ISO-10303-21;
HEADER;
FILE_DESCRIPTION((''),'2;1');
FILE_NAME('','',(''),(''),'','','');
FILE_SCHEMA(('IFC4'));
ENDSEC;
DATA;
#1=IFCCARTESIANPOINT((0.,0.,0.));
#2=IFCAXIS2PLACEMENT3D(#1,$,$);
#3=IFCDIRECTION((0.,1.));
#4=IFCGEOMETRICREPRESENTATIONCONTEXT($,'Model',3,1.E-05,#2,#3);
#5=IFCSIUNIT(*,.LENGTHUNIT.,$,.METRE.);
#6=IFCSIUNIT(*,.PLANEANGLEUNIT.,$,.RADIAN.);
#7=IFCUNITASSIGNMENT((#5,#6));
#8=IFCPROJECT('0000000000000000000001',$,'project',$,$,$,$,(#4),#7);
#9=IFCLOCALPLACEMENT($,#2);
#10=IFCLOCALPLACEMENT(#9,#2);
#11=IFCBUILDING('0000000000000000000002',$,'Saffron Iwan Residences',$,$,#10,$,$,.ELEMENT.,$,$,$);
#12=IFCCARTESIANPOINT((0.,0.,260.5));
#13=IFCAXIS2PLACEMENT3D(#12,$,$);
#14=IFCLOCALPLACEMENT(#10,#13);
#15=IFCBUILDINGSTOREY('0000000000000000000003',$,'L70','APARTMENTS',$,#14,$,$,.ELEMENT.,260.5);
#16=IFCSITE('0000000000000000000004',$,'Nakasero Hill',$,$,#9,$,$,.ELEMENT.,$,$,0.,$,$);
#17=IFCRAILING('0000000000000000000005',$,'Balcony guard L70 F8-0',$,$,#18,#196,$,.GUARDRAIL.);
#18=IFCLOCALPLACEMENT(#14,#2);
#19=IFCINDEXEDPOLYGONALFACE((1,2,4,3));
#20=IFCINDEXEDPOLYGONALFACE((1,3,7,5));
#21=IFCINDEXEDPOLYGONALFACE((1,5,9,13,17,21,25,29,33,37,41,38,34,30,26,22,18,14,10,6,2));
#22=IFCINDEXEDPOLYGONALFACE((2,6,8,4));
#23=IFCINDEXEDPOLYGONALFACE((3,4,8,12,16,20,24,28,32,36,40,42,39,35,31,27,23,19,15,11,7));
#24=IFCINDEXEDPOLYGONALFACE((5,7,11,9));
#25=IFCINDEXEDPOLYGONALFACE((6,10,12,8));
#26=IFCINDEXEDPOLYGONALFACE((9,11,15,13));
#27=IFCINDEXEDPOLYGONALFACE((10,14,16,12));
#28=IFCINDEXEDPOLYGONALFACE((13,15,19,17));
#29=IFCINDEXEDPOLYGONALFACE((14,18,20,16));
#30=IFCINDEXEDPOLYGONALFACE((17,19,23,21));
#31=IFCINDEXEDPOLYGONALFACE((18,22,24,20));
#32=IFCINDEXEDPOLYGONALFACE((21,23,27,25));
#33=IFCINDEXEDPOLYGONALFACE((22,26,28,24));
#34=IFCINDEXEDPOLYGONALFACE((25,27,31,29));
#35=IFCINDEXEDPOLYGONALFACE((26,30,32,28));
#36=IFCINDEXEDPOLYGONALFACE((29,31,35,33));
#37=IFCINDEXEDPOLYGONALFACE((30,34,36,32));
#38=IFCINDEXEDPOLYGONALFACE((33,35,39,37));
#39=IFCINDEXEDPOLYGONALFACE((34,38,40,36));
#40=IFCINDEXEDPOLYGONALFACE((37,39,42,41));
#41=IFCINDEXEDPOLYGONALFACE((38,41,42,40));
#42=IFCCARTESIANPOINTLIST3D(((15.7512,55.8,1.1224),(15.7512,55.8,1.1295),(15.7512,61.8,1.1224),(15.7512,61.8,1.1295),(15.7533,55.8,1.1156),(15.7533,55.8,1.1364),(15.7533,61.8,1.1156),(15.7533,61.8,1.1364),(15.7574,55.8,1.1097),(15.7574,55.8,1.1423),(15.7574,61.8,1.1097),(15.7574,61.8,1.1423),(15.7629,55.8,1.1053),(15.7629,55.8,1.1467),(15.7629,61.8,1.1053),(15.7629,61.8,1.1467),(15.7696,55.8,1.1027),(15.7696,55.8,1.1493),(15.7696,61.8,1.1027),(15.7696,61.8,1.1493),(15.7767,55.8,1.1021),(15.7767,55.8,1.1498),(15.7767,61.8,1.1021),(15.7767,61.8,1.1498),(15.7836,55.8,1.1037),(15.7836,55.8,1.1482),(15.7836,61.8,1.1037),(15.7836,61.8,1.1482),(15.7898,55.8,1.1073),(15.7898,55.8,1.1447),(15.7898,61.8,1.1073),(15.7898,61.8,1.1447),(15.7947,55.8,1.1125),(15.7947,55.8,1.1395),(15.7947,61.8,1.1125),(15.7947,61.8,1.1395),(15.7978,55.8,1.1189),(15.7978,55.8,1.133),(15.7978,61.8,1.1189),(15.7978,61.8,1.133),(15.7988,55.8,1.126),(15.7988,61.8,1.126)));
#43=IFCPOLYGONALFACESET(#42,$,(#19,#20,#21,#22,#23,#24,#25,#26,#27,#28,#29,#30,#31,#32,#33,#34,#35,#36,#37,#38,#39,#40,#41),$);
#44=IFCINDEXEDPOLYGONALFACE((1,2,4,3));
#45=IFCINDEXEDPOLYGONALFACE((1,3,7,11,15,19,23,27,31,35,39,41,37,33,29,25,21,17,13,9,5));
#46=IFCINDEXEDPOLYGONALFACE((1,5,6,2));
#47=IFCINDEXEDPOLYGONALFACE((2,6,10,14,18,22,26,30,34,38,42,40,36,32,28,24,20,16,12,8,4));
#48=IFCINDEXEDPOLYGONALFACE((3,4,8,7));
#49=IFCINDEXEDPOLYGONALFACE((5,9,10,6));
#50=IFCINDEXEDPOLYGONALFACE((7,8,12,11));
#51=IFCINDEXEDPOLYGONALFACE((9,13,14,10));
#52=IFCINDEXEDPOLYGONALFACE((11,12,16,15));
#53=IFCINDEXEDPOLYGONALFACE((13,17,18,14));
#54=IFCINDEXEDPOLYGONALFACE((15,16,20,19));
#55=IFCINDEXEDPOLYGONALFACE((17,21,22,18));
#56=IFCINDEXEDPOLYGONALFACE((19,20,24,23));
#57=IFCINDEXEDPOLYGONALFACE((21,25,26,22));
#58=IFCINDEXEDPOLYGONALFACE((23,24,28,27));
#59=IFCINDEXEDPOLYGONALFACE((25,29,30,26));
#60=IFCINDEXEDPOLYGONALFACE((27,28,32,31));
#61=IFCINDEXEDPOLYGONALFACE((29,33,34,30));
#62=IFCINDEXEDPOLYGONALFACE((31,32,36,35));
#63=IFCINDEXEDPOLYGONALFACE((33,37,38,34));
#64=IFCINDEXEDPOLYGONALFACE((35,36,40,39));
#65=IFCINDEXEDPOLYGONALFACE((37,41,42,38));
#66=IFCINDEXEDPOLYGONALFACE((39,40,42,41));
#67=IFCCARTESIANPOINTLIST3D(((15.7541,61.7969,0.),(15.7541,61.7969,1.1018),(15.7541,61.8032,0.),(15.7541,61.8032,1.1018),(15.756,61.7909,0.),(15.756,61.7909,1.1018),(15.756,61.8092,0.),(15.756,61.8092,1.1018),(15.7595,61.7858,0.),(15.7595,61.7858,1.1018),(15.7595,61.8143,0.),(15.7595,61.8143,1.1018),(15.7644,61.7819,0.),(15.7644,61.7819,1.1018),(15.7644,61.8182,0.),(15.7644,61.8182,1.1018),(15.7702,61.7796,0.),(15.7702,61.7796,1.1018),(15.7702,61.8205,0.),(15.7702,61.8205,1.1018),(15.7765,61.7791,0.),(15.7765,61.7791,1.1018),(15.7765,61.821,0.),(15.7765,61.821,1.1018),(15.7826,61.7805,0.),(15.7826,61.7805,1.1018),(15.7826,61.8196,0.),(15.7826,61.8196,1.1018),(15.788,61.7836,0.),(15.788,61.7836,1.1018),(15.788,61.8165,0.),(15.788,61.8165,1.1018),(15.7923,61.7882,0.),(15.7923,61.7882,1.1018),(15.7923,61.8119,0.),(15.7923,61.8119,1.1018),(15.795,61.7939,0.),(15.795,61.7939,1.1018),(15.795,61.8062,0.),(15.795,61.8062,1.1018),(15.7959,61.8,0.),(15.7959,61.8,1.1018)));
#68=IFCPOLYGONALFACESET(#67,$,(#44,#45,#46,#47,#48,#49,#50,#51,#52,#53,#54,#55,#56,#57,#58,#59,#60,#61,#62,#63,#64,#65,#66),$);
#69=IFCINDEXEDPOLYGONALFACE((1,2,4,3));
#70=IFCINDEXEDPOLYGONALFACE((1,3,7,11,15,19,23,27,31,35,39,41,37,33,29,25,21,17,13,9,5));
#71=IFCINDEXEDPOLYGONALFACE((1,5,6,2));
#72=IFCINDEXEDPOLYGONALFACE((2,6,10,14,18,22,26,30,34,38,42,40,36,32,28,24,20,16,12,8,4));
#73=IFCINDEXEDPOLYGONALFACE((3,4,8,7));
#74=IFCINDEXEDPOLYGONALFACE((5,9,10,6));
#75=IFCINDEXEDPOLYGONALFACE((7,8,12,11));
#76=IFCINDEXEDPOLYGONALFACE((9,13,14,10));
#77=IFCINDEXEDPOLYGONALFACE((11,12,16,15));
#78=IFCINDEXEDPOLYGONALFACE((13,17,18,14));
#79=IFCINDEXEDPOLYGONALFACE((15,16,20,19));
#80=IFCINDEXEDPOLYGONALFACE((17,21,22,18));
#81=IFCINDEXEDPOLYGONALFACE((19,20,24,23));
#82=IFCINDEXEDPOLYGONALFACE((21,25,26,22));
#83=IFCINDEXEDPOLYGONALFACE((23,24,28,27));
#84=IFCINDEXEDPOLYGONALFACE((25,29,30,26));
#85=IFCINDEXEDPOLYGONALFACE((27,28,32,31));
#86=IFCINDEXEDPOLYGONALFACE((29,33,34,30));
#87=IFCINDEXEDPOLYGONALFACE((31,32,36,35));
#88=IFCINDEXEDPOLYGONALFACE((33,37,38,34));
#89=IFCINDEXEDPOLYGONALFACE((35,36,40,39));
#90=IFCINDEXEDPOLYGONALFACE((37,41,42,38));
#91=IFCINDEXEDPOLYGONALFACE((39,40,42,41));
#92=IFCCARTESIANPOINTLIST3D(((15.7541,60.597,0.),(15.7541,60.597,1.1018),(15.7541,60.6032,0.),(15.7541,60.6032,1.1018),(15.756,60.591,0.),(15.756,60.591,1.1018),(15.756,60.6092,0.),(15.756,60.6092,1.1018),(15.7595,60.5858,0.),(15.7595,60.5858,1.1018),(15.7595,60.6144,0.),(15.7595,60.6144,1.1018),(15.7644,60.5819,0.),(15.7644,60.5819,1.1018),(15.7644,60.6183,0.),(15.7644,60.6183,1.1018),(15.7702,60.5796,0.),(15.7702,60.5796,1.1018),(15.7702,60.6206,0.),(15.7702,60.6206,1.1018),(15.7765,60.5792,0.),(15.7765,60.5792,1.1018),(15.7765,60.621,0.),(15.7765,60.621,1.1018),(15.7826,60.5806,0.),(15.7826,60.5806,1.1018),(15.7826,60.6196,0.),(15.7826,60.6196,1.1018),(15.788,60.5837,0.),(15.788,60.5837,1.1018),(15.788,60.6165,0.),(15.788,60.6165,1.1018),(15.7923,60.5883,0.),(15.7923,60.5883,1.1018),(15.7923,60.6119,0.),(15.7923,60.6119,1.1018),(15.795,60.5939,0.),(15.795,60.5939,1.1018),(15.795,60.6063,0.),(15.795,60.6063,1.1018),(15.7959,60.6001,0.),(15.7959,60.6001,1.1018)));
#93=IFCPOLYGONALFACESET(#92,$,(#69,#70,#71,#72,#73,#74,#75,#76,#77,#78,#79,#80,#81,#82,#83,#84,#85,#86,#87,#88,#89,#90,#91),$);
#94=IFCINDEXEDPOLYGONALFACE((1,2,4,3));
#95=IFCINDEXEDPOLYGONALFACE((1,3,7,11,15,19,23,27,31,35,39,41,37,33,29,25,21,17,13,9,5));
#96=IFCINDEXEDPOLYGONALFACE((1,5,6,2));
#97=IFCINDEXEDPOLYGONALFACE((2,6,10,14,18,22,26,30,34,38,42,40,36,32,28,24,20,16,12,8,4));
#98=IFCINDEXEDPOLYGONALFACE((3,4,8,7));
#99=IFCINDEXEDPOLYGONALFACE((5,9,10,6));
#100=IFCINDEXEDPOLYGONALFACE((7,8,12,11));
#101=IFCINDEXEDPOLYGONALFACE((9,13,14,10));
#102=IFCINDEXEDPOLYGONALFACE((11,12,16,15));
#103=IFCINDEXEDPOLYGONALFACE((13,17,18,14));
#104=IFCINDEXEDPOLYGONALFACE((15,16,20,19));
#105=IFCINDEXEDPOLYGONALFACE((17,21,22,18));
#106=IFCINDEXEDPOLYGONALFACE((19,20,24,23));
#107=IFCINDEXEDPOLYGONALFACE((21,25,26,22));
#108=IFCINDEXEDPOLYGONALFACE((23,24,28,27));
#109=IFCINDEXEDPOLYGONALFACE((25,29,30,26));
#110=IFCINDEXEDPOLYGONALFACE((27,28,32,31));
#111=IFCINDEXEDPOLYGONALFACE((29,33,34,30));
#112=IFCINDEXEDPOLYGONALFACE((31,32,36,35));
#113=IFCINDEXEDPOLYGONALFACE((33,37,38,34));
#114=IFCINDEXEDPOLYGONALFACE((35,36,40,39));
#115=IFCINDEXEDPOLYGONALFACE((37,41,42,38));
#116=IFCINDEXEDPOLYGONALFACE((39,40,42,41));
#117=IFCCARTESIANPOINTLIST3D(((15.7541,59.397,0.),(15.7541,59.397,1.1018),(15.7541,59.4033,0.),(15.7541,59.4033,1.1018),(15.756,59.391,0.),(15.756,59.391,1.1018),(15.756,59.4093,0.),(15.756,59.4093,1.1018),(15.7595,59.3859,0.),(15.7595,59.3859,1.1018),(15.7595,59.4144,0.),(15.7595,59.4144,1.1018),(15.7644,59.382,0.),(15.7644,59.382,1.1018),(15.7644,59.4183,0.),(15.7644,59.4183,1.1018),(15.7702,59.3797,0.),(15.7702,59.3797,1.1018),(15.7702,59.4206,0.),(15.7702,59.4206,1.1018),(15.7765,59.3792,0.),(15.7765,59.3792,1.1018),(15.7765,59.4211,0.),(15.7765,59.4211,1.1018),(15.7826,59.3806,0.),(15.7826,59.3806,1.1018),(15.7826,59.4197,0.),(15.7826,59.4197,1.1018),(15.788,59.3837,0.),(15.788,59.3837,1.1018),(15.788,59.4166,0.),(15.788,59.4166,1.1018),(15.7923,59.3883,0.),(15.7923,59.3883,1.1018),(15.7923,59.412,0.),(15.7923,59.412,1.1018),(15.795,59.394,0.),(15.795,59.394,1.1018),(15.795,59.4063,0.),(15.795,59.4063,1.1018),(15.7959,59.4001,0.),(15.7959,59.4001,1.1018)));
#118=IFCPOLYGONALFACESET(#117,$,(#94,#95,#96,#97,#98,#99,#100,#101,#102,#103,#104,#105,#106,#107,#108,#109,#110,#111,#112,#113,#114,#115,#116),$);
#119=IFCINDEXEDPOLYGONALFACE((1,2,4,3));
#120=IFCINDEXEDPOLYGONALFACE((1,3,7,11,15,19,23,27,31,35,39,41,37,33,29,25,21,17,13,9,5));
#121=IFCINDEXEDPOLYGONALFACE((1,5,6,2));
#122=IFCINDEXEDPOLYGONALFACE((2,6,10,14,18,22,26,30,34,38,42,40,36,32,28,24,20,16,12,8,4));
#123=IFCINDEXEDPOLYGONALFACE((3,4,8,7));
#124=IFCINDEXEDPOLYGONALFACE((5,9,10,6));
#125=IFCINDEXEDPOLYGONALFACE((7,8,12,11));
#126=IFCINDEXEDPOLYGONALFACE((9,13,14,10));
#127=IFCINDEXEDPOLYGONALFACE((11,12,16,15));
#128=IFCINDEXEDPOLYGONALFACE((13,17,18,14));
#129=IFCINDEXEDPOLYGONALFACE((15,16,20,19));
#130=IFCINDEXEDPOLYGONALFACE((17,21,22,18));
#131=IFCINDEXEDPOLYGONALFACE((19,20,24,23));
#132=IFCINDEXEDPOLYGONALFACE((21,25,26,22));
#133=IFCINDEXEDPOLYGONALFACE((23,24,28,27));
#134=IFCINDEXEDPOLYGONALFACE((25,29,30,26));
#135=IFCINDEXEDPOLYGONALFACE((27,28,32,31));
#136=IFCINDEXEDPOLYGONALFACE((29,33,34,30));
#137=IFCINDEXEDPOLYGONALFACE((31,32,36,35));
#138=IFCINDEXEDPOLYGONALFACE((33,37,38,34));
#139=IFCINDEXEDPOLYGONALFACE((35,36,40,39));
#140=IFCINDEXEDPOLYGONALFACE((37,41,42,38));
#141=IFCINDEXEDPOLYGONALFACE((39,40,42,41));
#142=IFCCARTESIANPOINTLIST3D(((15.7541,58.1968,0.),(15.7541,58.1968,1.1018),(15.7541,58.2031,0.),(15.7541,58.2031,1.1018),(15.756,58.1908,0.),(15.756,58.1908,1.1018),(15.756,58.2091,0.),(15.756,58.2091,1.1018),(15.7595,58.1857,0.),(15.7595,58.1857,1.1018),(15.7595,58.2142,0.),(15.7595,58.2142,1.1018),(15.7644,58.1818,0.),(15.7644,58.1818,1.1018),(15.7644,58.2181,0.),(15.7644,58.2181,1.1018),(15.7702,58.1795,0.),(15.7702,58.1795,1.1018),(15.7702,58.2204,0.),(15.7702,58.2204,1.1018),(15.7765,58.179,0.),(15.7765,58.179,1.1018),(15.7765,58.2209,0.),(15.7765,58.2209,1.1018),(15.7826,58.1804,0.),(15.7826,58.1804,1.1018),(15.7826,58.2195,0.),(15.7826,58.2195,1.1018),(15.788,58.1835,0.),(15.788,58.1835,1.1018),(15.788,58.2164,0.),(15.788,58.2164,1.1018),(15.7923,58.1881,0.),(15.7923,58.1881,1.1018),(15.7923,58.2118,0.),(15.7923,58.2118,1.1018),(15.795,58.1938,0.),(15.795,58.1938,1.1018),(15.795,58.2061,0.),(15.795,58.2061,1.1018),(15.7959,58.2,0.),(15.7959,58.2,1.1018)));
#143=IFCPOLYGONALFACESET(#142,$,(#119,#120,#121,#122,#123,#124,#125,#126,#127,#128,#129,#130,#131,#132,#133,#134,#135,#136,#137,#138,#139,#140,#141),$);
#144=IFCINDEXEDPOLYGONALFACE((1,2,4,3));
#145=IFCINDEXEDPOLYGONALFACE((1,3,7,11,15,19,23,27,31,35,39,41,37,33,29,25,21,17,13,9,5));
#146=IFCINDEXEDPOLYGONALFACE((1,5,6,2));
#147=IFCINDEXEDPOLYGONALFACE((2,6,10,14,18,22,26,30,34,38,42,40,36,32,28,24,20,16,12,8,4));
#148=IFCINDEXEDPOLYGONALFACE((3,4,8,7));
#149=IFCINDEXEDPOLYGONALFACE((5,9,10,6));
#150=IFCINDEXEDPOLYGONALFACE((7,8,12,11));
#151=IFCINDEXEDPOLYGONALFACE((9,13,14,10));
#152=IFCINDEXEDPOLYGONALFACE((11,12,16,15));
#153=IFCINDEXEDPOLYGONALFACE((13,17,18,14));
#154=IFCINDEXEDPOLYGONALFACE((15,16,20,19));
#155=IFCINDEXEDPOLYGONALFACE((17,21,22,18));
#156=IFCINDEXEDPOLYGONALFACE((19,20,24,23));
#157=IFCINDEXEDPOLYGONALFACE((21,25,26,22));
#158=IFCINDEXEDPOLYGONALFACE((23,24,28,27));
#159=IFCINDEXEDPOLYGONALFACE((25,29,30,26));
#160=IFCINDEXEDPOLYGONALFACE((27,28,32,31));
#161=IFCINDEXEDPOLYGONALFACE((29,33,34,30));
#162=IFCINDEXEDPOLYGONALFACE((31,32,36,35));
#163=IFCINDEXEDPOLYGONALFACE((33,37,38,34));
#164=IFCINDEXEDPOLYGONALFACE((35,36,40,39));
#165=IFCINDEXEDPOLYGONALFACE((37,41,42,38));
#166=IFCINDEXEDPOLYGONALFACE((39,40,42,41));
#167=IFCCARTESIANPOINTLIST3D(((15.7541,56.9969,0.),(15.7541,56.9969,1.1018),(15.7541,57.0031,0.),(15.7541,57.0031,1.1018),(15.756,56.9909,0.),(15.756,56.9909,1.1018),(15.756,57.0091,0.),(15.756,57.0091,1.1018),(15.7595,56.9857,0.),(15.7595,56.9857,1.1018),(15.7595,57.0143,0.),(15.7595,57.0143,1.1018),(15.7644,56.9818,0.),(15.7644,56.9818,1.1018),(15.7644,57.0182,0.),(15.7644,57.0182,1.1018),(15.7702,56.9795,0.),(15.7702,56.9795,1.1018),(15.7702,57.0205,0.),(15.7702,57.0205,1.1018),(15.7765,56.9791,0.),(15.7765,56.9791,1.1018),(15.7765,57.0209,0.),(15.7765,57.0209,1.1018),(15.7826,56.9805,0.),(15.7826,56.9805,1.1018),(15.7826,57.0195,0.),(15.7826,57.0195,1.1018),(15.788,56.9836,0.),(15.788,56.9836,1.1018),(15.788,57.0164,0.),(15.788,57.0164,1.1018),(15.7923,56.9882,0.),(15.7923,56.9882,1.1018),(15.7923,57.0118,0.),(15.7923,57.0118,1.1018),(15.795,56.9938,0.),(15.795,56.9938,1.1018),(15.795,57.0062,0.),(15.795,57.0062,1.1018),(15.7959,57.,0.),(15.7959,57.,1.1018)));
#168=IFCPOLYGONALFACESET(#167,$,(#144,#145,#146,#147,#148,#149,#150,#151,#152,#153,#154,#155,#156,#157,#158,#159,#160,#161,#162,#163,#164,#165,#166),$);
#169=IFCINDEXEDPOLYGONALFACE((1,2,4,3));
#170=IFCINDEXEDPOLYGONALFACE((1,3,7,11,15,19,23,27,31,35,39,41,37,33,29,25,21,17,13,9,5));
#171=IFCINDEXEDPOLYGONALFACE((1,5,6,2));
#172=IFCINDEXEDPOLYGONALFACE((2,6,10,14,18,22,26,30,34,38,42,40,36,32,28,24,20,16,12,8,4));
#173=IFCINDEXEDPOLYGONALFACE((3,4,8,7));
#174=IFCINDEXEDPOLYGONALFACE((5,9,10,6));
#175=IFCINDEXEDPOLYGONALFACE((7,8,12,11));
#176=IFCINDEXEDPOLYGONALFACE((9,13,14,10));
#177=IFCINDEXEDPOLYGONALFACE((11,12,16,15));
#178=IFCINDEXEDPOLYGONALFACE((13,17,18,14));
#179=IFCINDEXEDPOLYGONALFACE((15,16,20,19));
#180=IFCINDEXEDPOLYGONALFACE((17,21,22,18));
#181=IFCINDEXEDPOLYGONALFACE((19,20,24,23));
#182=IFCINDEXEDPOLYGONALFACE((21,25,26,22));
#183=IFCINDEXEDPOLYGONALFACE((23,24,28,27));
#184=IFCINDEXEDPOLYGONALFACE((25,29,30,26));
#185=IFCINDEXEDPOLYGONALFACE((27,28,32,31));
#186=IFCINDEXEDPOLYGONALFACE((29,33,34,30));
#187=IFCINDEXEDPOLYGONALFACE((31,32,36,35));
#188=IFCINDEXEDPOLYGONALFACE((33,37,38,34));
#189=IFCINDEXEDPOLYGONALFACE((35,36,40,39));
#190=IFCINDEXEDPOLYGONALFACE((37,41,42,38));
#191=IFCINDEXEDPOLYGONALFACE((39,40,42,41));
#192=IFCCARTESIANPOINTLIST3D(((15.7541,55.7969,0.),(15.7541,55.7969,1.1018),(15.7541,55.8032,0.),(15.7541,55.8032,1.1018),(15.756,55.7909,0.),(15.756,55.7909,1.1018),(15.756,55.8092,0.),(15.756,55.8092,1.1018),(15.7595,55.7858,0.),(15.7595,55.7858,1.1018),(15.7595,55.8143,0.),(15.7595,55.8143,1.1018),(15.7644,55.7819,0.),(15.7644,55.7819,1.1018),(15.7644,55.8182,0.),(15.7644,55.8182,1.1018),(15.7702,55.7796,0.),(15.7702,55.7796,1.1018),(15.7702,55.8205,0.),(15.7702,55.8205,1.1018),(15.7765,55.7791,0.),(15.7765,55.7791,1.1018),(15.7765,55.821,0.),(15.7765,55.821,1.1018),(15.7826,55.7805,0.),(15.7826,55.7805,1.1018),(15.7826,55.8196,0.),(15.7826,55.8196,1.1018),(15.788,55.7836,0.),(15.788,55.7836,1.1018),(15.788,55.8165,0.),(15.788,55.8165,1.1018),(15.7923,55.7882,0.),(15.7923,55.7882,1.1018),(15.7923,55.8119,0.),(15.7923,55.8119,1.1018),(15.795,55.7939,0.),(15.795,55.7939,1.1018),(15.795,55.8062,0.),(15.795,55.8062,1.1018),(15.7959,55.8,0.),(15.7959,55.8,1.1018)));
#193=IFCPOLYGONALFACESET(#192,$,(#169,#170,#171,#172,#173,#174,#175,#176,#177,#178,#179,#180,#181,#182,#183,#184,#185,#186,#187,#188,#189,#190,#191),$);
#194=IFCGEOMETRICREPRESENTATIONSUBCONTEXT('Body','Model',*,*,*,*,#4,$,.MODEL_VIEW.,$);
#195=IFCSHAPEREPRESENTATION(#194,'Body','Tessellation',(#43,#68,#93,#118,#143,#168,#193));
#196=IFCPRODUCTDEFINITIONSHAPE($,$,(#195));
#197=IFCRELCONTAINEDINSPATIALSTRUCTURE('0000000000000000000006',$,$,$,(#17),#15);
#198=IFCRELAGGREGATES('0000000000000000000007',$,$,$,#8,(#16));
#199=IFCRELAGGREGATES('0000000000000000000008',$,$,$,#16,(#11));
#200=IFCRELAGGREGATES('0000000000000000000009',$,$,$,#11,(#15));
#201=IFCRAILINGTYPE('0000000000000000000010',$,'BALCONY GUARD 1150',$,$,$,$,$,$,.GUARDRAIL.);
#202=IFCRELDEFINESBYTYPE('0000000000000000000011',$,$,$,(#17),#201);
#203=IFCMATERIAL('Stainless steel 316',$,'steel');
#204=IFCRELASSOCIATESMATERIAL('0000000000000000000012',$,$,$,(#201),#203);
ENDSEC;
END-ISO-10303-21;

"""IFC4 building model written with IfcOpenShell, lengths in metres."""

from ifc_helpers import new_model, si_unit, direction, frame, origin, origin_2d, place, context, subcontext, project, spatial, circle, extrude, material, type_object, element, save


model = new_model("IFC4")

# Units and contexts
model_context = context("Model", 3, precision=1e-05, world=origin(), true_north=direction((0.0, 1.0)))
body_context = subcontext(model_context, "Body", "Model", "MODEL_VIEW")
ifc_project = project(units=[si_unit("LENGTHUNIT", "METRE"), si_unit("PLANEANGLEUNIT", "RADIAN")], contexts=[model_context])

# Site, building, storey
site_placement = place(None, origin())
site = spatial("IfcSite", under=ifc_project, at=site_placement, Name="Nakasero Hill", CompositionType="ELEMENT", RefElevation=0.0)
building_placement = place(site_placement, origin())
building = spatial("IfcBuilding", under=site, at=building_placement, Name="Saffron Iwan Residences", CompositionType="ELEMENT")
storey_placement = place(building_placement, frame((0.0, 0.0, 260.5)))
storey = spatial("IfcBuildingStorey", under=building, at=storey_placement, Name="L70", Description="APARTMENTS", CompositionType="ELEMENT", Elevation=260.5)

# Railing
ifc_material_1 = material(Name="Stainless steel 316", Category="steel")
railing_type = type_object("IfcRailingType", Name="BALCONY GUARD 1150", PredefinedType="GUARDRAIL", material=ifc_material_1)
railing_placement = place(storey_placement, frame((15.7749, 61.8, 0.0)))
element("IfcRailing", 1, at=railing_placement, inside=storey, type_object=railing_type, Name="Balcony guard L70 F8-0", PredefinedType="GUARDRAIL", context=body_context, shape_type="SweptSolid", body=[
    extrude(circle(Radius=0.0239, at=origin_2d()), frame((0.0, 0.0, 1.126), z_axis=(0.0, -1.0, 0.0), x_axis=(1.0, 0.0, 0.0)), (0.0, 0.0, 1.0), 6.0),
    extrude(circle(Radius=0.021, at=origin_2d()), origin(), (0.0, 0.0, 1.0), 1.1018),
    extrude(circle(Radius=0.021, at=origin_2d()), frame((0.0, -1.2, 0.0)), (0.0, 0.0, 1.0), 1.1018),
    extrude(circle(Radius=0.021, at=origin_2d()), frame((0.0, -2.3999, 0.0)), (0.0, 0.0, 1.0), 1.1018),
    extrude(circle(Radius=0.021, at=origin_2d()), frame((0.0, -3.6001, 0.0)), (0.0, 0.0, 1.0), 1.1018),
    extrude(circle(Radius=0.021, at=origin_2d()), frame((0.0, -4.8, 0.0)), (0.0, 0.0, 1.0), 1.1018),
    extrude(circle(Radius=0.021, at=origin_2d()), frame((0.0, -6.0, 0.0)), (0.0, 0.0, 1.0), 1.1018),
])

save(model, "model.ifc")
